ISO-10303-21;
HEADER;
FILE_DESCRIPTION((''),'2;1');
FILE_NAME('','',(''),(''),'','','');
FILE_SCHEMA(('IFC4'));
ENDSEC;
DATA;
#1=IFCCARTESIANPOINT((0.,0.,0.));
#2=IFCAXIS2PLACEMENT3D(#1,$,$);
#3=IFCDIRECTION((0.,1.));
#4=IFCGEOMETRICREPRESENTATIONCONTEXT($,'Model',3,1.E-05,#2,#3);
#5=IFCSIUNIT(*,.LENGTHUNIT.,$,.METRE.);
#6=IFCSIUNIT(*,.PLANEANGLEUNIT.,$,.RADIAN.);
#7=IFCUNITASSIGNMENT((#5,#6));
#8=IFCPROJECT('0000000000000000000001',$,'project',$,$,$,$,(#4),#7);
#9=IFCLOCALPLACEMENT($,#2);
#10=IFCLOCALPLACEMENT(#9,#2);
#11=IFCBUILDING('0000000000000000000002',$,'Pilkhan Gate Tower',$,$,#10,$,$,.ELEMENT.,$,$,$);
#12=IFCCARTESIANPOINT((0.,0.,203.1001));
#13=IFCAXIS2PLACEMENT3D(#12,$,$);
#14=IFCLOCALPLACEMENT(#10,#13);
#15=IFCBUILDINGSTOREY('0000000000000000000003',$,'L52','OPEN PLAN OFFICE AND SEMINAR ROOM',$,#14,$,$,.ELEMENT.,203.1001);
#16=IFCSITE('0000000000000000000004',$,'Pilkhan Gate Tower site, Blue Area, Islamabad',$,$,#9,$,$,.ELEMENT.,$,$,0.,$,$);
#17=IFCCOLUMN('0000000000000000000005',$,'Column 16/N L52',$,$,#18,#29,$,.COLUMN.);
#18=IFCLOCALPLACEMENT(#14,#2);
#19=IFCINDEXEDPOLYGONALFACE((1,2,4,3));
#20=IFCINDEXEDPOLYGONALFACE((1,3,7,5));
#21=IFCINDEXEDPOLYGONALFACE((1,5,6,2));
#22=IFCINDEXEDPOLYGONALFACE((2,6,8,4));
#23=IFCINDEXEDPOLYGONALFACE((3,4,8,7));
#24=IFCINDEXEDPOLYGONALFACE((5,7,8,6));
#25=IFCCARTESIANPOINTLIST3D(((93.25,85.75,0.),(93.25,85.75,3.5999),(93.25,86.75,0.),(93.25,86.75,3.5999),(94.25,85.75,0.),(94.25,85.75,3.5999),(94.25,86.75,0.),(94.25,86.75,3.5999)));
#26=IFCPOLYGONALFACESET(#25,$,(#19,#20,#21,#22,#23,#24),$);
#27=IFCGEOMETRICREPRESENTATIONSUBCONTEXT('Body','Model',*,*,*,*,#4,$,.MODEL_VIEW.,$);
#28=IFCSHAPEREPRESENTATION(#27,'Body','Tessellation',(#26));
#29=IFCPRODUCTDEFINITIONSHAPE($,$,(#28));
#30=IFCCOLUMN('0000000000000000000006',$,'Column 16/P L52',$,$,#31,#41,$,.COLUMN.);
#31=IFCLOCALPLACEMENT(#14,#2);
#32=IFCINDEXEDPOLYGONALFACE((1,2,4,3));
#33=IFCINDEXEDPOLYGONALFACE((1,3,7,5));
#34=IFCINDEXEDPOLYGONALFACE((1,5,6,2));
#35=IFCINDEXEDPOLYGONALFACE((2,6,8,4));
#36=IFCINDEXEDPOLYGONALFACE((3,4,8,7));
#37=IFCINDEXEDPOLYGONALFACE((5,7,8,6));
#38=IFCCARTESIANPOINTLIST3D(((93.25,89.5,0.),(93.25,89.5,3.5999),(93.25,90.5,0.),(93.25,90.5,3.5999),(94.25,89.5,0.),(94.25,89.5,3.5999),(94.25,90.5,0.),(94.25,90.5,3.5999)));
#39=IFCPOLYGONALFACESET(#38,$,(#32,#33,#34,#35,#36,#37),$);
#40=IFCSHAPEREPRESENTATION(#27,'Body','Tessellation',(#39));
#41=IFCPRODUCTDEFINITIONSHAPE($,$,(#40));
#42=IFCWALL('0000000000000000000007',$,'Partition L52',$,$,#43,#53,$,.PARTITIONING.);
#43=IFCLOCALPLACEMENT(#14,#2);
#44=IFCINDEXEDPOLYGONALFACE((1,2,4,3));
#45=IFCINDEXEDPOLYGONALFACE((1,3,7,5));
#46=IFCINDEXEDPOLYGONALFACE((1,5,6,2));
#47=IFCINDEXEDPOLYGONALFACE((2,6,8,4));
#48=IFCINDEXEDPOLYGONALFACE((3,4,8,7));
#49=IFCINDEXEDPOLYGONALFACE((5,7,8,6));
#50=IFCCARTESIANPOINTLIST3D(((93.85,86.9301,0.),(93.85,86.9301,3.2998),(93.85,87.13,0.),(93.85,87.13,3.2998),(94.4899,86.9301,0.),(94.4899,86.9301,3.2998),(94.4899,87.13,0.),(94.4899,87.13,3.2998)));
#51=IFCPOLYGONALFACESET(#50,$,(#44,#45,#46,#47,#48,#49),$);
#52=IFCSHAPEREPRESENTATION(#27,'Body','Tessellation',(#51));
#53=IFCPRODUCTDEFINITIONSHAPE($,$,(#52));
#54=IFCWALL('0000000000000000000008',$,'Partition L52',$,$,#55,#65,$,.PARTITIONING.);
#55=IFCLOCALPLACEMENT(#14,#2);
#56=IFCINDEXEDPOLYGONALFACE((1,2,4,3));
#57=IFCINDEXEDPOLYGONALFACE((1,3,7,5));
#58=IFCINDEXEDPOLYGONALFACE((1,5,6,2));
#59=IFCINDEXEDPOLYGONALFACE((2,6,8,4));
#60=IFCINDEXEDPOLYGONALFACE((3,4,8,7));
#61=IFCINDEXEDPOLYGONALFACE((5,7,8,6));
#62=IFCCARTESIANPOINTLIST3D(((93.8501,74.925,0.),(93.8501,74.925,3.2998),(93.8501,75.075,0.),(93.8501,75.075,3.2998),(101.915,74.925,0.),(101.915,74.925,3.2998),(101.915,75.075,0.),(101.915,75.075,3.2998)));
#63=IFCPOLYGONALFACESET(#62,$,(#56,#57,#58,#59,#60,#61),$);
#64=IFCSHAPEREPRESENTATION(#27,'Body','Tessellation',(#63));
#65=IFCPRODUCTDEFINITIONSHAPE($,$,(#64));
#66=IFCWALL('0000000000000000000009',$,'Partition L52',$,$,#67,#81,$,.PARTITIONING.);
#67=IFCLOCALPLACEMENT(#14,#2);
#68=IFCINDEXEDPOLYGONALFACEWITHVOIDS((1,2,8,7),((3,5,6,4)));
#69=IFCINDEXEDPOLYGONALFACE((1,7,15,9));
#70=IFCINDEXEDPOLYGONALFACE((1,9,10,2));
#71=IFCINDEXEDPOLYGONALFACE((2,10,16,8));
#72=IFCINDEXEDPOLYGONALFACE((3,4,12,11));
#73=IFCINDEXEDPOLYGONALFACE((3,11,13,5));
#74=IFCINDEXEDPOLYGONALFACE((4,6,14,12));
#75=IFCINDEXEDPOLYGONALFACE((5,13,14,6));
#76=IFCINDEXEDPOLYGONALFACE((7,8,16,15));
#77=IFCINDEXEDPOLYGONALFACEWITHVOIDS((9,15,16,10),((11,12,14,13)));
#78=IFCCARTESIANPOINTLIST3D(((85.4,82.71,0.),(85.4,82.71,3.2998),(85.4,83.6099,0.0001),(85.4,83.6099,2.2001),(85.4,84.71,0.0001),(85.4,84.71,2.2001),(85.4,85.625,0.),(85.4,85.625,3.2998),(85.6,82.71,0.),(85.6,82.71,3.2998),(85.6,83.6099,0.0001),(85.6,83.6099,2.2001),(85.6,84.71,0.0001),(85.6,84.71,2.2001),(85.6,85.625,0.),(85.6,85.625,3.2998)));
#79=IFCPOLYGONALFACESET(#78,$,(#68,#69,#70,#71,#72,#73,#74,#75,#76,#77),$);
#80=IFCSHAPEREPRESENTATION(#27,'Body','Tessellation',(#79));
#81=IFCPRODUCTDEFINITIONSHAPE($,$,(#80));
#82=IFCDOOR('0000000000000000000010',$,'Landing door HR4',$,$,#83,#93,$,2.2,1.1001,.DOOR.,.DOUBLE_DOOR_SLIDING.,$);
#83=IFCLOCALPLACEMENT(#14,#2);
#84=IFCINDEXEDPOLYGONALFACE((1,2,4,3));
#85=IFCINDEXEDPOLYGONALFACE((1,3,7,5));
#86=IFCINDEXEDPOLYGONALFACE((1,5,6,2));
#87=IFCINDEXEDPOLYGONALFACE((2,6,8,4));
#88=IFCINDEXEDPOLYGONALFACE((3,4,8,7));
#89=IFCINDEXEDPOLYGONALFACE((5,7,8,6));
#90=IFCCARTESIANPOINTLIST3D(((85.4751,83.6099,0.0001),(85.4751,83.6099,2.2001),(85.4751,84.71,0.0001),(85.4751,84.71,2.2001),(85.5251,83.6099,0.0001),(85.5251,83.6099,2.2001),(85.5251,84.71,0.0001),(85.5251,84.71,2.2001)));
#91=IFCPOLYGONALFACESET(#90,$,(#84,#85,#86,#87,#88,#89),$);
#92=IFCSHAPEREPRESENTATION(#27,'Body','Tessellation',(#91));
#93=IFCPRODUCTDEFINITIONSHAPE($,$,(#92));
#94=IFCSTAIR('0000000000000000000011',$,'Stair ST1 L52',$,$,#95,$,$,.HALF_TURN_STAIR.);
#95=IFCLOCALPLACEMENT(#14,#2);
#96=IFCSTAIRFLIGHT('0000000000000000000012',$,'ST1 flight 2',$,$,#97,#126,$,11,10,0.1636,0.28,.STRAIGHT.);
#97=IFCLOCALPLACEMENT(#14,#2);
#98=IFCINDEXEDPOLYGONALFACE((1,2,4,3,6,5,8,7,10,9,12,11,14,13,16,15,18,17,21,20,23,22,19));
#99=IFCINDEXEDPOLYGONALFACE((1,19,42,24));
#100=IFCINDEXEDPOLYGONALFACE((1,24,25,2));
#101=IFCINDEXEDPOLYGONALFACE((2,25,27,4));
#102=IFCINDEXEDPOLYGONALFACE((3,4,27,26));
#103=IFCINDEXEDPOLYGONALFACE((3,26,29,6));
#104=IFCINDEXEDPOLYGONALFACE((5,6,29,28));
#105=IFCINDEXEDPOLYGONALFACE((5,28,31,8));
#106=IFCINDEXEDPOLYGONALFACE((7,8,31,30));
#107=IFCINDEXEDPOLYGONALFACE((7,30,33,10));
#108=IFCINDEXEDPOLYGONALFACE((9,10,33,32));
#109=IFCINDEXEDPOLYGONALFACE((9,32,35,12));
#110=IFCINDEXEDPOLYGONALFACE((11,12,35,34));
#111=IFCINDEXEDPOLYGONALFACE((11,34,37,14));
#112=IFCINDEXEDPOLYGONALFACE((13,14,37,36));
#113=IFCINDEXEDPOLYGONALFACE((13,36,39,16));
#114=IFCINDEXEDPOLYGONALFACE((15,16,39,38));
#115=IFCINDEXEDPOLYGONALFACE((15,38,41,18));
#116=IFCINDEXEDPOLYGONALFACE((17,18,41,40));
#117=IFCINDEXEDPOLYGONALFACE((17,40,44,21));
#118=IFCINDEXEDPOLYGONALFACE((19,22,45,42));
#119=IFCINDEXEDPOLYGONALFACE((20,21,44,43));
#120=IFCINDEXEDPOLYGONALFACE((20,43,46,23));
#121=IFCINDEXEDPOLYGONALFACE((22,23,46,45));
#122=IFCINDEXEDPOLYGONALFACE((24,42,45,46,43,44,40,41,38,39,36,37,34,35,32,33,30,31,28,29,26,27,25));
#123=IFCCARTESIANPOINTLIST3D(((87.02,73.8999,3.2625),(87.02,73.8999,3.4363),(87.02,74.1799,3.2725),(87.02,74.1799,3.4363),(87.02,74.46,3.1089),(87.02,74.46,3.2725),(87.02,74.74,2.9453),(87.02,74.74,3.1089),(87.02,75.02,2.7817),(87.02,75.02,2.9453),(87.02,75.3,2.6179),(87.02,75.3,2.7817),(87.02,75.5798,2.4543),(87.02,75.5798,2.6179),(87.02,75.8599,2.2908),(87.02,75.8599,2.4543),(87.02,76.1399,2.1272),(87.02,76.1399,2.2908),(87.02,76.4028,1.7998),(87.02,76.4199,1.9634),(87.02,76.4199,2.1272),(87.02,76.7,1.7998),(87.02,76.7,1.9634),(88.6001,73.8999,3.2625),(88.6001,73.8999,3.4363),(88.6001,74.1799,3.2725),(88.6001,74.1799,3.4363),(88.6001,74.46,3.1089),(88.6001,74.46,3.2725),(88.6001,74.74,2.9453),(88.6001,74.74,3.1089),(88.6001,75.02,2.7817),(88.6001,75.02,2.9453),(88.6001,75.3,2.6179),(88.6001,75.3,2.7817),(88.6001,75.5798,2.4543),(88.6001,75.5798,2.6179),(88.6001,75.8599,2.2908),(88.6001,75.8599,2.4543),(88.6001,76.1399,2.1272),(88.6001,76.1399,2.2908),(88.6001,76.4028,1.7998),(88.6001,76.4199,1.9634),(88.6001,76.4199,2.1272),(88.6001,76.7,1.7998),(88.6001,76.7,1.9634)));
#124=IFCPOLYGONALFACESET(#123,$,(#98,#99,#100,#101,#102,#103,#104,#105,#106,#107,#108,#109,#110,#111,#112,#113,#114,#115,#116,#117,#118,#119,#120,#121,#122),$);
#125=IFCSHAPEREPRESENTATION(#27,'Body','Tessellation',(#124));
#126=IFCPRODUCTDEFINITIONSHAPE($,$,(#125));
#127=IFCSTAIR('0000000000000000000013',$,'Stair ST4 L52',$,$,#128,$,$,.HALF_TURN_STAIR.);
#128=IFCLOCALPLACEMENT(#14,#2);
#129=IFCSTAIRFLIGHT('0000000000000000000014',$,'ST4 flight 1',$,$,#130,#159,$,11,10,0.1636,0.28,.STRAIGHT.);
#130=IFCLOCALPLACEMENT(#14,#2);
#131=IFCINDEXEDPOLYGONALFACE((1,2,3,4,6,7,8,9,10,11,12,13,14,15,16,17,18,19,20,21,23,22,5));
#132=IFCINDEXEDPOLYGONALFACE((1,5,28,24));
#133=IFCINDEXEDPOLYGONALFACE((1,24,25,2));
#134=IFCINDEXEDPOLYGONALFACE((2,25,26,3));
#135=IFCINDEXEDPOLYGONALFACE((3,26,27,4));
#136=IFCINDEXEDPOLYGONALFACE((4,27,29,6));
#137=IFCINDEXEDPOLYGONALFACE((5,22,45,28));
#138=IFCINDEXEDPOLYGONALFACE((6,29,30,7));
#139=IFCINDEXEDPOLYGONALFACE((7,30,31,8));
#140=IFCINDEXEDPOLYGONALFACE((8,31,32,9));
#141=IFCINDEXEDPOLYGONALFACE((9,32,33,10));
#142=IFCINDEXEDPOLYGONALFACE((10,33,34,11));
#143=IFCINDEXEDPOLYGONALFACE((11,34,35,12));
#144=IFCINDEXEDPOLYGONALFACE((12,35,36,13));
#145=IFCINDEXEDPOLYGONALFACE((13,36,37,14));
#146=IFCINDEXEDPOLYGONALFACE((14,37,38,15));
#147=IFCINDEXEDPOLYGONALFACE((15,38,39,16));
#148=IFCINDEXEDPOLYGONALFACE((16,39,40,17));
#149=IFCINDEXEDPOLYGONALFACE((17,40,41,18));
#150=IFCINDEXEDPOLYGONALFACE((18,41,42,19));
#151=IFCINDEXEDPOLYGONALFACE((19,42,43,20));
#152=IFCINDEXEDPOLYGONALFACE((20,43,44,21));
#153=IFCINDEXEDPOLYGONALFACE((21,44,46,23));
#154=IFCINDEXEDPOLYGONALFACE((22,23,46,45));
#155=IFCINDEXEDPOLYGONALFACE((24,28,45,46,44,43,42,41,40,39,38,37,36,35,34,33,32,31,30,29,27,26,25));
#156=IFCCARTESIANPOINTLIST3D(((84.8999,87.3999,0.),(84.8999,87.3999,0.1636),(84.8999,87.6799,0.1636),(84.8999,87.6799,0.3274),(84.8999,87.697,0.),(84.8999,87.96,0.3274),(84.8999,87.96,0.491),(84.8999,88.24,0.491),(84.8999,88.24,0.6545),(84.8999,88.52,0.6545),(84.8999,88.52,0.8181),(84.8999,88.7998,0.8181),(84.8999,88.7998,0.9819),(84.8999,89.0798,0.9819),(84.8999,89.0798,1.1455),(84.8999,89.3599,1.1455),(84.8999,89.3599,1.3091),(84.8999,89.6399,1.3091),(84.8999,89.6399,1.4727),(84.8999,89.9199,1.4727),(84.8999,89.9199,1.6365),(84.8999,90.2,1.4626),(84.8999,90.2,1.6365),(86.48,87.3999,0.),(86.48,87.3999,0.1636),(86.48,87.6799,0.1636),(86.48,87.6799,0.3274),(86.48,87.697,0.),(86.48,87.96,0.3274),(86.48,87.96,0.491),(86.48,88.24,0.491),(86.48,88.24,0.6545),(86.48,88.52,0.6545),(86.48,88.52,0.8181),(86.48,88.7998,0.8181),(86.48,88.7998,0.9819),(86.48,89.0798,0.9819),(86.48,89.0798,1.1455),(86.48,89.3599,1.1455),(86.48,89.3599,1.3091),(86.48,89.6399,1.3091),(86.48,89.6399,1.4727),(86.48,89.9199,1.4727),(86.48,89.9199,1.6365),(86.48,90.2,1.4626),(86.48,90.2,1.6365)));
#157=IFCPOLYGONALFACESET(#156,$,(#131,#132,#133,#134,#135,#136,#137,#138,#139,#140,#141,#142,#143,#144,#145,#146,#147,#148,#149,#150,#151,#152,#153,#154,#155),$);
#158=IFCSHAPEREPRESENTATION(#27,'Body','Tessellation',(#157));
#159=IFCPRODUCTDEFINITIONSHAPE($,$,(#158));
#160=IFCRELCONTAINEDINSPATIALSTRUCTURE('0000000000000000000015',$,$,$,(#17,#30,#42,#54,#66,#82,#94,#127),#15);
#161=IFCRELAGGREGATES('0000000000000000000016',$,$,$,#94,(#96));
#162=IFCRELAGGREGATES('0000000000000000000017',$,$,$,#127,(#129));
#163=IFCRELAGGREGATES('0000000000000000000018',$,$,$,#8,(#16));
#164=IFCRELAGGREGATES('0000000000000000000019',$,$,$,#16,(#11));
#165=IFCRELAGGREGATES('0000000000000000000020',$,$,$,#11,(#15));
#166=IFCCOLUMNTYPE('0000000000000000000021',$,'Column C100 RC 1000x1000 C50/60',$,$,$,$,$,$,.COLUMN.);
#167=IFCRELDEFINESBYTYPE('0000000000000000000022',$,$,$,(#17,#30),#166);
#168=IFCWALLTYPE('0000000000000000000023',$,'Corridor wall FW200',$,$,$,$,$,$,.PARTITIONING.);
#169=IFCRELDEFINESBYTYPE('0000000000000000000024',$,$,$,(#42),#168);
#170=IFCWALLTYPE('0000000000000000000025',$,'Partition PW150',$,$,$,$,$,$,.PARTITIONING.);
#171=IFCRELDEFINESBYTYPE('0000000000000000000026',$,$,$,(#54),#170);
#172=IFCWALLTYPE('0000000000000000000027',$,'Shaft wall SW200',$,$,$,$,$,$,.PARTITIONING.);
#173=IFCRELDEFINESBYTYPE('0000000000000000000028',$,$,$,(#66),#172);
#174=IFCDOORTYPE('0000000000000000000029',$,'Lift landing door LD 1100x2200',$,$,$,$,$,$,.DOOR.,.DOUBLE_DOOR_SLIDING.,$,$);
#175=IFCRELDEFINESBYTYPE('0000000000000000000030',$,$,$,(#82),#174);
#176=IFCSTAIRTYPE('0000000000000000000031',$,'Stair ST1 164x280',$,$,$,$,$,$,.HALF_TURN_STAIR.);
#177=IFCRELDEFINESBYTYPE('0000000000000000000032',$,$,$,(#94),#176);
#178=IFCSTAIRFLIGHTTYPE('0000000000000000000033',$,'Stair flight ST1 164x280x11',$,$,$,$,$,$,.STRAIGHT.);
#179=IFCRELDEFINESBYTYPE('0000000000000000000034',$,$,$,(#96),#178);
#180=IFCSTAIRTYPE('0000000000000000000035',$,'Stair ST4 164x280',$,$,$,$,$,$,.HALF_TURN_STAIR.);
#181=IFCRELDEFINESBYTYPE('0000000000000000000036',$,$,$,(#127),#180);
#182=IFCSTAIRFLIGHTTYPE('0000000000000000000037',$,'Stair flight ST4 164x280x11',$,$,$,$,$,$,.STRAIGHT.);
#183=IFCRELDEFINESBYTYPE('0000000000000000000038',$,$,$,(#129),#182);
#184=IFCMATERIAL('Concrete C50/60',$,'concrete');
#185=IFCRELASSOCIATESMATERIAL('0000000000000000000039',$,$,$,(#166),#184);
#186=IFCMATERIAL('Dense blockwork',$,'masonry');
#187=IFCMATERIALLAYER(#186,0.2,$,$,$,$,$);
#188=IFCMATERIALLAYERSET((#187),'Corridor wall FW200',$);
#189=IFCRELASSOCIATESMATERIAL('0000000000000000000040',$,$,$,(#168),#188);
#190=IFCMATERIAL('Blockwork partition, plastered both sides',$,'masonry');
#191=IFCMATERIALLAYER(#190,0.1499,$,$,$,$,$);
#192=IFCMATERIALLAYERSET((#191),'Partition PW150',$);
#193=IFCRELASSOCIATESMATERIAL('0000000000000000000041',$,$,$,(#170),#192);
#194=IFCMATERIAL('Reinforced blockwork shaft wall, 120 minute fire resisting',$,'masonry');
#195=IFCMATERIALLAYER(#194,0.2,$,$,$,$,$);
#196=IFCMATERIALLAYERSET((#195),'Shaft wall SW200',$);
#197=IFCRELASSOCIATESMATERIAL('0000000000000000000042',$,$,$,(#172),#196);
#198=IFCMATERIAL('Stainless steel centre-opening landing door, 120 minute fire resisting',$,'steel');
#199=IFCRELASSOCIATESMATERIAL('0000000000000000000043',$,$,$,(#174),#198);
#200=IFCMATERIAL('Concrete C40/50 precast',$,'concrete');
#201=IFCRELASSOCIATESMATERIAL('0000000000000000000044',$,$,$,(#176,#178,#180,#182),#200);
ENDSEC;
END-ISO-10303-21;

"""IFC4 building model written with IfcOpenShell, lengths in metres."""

from ifc_helpers import new_model, si_unit, direction, frame, frame_2d, origin, origin_2d, place, context, subcontext, project, spatial, polyline, rectangle, outline, extrude, material, layer, layer_set, material_profile, profile_set, type_object, element, fill, aggregate, save


model = new_model("IFC4")

# Units and contexts
model_context = context("Model", 3, precision=1e-05, world=origin(), true_north=direction((0.0, 1.0)))
body_context = subcontext(model_context, "Body", "Model", "MODEL_VIEW")
ifc_project = project(units=[si_unit("LENGTHUNIT", "METRE"), si_unit("PLANEANGLEUNIT", "RADIAN")], contexts=[model_context])

# Site, building, storey
site_placement = place(None, origin())
site = spatial("IfcSite", under=ifc_project, at=site_placement, Name="Pilkhan Gate Tower site, Blue Area, Islamabad", CompositionType="ELEMENT", RefElevation=0.0)
building_placement = place(site_placement, origin())
building = spatial("IfcBuilding", under=site, at=building_placement, Name="Pilkhan Gate Tower", CompositionType="ELEMENT")
storey_placement = place(building_placement, frame((0.0, 0.0, 203.1001)))
storey = spatial("IfcBuildingStorey", under=building, at=storey_placement, Name="L52", Description="OPEN PLAN OFFICE AND SEMINAR ROOM", CompositionType="ELEMENT", Elevation=203.1001)

# Columns
ifc_material_1 = material(Name="Concrete C50/60", Category="concrete")
ifc_material_profile = material_profile(ifc_material_1, rectangle(XDim=1.0, YDim=1.0, at=origin_2d()), Name="RC 1000x1000")
ifc_profile_set = profile_set([ifc_material_profile], Name="Concrete C50/60")
column_type = type_object("IfcColumnType", Name="Column C100 RC 1000x1000 C50/60", PredefinedType="COLUMN", material=ifc_profile_set)
for number, where, z_axis, x_axis, name in (
    (1, (93.75, 86.25, 0.0), (0.0, 0.0, 1.0), (1.0, 0.0, 0.0), "Column 16/N L52"),
    (2, (93.75, 90.0, 0.0), (0.0, 0.0, 1.0), (1.0, 0.0, 0.0), "Column 16/P L52"),
):
    element("IfcColumn", number, at=place(storey_placement, frame(where, z_axis=z_axis, x_axis=x_axis)), inside=storey, type_object=column_type, Name=name, PredefinedType="COLUMN", context=body_context, shape_type="SweptSolid", body=[
        extrude(rectangle(XDim=1.0, YDim=1.0, at=origin_2d()), origin(), (0.0, 0.0, 1.0), 3.5999),
    ])

# Walls
ifc_material_2 = material(Name="Dense blockwork", Category="masonry")
ifc_layer_1 = layer(ifc_material_2, 0.2)
ifc_layer_set_1 = layer_set([ifc_layer_1], Name="Corridor wall FW200")
wall_type_1 = type_object("IfcWallType", Name="Corridor wall FW200", PredefinedType="PARTITIONING", material=ifc_layer_set_1)
wall_1_placement = place(storey_placement, frame((93.8501, 87.03, 0.0), z_axis=(0.0, 0.0, 1.0), x_axis=(1.0, 0.0, 0.0)))
element("IfcWall", 3, at=wall_1_placement, inside=storey, type_object=wall_type_1, Name="Partition L52", PredefinedType="PARTITIONING", context=body_context, shape_type="SweptSolid", body=[
    extrude(rectangle(XDim=0.6399, YDim=0.2, at=frame_2d((0.3198, 0.0))), origin(), (0.0, 0.0, 1.0), 3.2998),
])
ifc_material_3 = material(Name="Blockwork partition, plastered both sides", Category="masonry")
ifc_layer_2 = layer(ifc_material_3, 0.1499)
ifc_layer_set_2 = layer_set([ifc_layer_2], Name="Partition PW150")
wall_type_2 = type_object("IfcWallType", Name="Partition PW150", PredefinedType="PARTITIONING", material=ifc_layer_set_2)
wall_2_placement = place(storey_placement, frame((93.8501, 75.0, 0.0), z_axis=(0.0, 0.0, 1.0), x_axis=(1.0, 0.0, 0.0)))
element("IfcWall", 4, at=wall_2_placement, inside=storey, type_object=wall_type_2, Name="Partition L52", PredefinedType="PARTITIONING", context=body_context, shape_type="SweptSolid", body=[
    extrude(rectangle(XDim=8.0649, YDim=0.1499, at=frame_2d((4.0325, 0.0))), origin(), (0.0, 0.0, 1.0), 3.2998),
])

# Wall, opening, door
ifc_material_4 = material(Name="Reinforced blockwork shaft wall, 120 minute fire resisting", Category="masonry")
ifc_layer_3 = layer(ifc_material_4, 0.2)
ifc_layer_set_3 = layer_set([ifc_layer_3], Name="Shaft wall SW200")
wall_type_3 = type_object("IfcWallType", Name="Shaft wall SW200", PredefinedType="PARTITIONING", material=ifc_layer_set_3)
wall_3_placement = place(storey_placement, frame((85.5, 82.71, 0.0), z_axis=(0.0, 0.0, 1.0), x_axis=(0.0, 1.0, 0.0)))
wall_3 = element("IfcWall", 5, at=wall_3_placement, inside=storey, type_object=wall_type_3, Name="Partition L52", PredefinedType="PARTITIONING", context=body_context, shape_type="SweptSolid", body=[
    extrude(rectangle(XDim=2.915, YDim=0.2, at=frame_2d((1.4575, 0.0))), origin(), (0.0, 0.0, 1.0), 3.2998),
])
opening_placement = place(wall_3_placement, frame((0.8999, 0.0, 0.0)))
opening = element("IfcOpeningElement", 6, at=opening_placement, cuts=wall_3, PredefinedType="OPENING", context=body_context, shape_type="SweptSolid", body=[
    extrude(rectangle(XDim=1.1001, YDim=2.2, at=frame_2d((0.55, 1.1001))), frame((0.0, 0.1099, 0.0), z_axis=(0.0, -1.0, 0.0), x_axis=(1.0, 0.0, 0.0)), (0.0, 0.0, 1.0), 0.22),
])
ifc_material_5 = material(Name="Stainless steel centre-opening landing door, 120 minute fire resisting", Category="steel")
door_type = type_object("IfcDoorType", Name="Lift landing door LD 1100x2200", OperationType="DOUBLE_DOOR_SLIDING", PredefinedType="DOOR", material=ifc_material_5)
door_placement = place(opening_placement, origin())
door = element("IfcDoor", 7, at=door_placement, inside=storey, type_object=door_type, Name="Landing door HR4", OperationType="DOUBLE_DOOR_SLIDING", OverallHeight=2.2, OverallWidth=1.1001, PredefinedType="DOOR", context=body_context, shape_type="SweptSolid", body=[
    extrude(rectangle(XDim=1.1001, YDim=2.2, at=frame_2d((0.55, 1.1001))), frame((0.0, 0.0249, 0.0), z_axis=(0.0, -1.0, 0.0), x_axis=(1.0, 0.0, 0.0)), (0.0, 0.0, 1.0), 0.05),
])
fill(opening, door)

# Stair, stair flight
ifc_material_6 = material(Name="Concrete C40/50 precast", Category="concrete")
stair_type_1 = type_object("IfcStairType", Name="Stair ST1 164x280", PredefinedType="HALF_TURN_STAIR", material=ifc_material_6)
stair_1_placement = place(storey_placement, origin())
stair_1 = element("IfcStair", 8, at=stair_1_placement, inside=storey, type_object=stair_type_1, Name="Stair ST1 L52", PredefinedType="HALF_TURN_STAIR")
stair_flight_type_1 = type_object("IfcStairFlightType", Name="Stair flight ST1 164x280x11", PredefinedType="STRAIGHT", material=ifc_material_6)
stair_flight_1_placement = place(storey_placement, frame((87.8101, 76.7, 1.7998), z_axis=(0.0, 0.0, 1.0), x_axis=(0.0, -1.0, 0.0)))
stair_flight_1 = element("IfcStairFlight", 9, at=stair_flight_1_placement, type_object=stair_flight_type_1, Name="ST1 flight 2", NumberOfRisers=11, NumberOfTreads=10, PredefinedType="STRAIGHT", RiserHeight=0.1636, TreadLength=0.28, context=body_context, shape_type="SweptSolid", body=[
    extrude(outline(polyline([(0.0, 0.0), (0.0, 0.1636), (0.28, 0.1636), (0.28, 0.3274), (0.5601, 0.3274), (0.5601, 0.491), (0.8401, 0.491), (0.8401, 0.6545), (1.1201, 0.6545), (1.1201, 0.8181), (1.3999, 0.8181), (1.3999, 0.9819), (1.6799, 0.9819), (1.6799, 1.1455), (1.96, 1.1455), (1.96, 1.3091), (2.24, 1.3091), (2.24, 1.4727), (2.52, 1.4727), (2.52, 1.6365), (2.8, 1.6365), (2.8, 1.8), (2.8, 1.4626), (0.2971, 0.0), (0.0, 0.0)])), frame((0.0, 0.79, 0.0), z_axis=(0.0, -1.0, 0.0), x_axis=(1.0, 0.0, 0.0)), (0.0, 0.0, 1.0), 1.5801),
])
aggregate(stair_1, [stair_flight_1])

# Stair, stair flight
stair_type_2 = type_object("IfcStairType", Name="Stair ST4 164x280", PredefinedType="HALF_TURN_STAIR", material=ifc_material_6)
stair_2_placement = place(storey_placement, origin())
stair_2 = element("IfcStair", 10, at=stair_2_placement, inside=storey, type_object=stair_type_2, Name="Stair ST4 L52", PredefinedType="HALF_TURN_STAIR")
stair_flight_type_2 = type_object("IfcStairFlightType", Name="Stair flight ST4 164x280x11", PredefinedType="STRAIGHT", material=ifc_material_6)
stair_flight_2_placement = place(storey_placement, frame((85.6899, 87.3999, 0.0), z_axis=(0.0, 0.0, 1.0), x_axis=(0.0, 1.0, 0.0)))
stair_flight_2 = element("IfcStairFlight", 11, at=stair_flight_2_placement, type_object=stair_flight_type_2, Name="ST4 flight 1", NumberOfRisers=11, NumberOfTreads=10, PredefinedType="STRAIGHT", RiserHeight=0.1636, TreadLength=0.28, context=body_context, shape_type="SweptSolid", body=[
    extrude(outline(polyline([(0.0, 0.0), (0.0, 0.1636), (0.28, 0.1636), (0.28, 0.3274), (0.5601, 0.3274), (0.5601, 0.491), (0.8401, 0.491), (0.8401, 0.6545), (1.1201, 0.6545), (1.1201, 0.8181), (1.3999, 0.8181), (1.3999, 0.9819), (1.6799, 0.9819), (1.6799, 1.1455), (1.96, 1.1455), (1.96, 1.3091), (2.24, 1.3091), (2.24, 1.4727), (2.52, 1.4727), (2.52, 1.6365), (2.8, 1.6365), (2.8, 1.8), (2.8, 1.4626), (0.2971, 0.0), (0.0, 0.0)])), frame((0.0, 0.79, 0.0), z_axis=(0.0, -1.0, 0.0), x_axis=(1.0, 0.0, 0.0)), (0.0, 0.0, 1.0), 1.5801),
])
aggregate(stair_2, [stair_flight_2])

save(model, "model.ifc")
